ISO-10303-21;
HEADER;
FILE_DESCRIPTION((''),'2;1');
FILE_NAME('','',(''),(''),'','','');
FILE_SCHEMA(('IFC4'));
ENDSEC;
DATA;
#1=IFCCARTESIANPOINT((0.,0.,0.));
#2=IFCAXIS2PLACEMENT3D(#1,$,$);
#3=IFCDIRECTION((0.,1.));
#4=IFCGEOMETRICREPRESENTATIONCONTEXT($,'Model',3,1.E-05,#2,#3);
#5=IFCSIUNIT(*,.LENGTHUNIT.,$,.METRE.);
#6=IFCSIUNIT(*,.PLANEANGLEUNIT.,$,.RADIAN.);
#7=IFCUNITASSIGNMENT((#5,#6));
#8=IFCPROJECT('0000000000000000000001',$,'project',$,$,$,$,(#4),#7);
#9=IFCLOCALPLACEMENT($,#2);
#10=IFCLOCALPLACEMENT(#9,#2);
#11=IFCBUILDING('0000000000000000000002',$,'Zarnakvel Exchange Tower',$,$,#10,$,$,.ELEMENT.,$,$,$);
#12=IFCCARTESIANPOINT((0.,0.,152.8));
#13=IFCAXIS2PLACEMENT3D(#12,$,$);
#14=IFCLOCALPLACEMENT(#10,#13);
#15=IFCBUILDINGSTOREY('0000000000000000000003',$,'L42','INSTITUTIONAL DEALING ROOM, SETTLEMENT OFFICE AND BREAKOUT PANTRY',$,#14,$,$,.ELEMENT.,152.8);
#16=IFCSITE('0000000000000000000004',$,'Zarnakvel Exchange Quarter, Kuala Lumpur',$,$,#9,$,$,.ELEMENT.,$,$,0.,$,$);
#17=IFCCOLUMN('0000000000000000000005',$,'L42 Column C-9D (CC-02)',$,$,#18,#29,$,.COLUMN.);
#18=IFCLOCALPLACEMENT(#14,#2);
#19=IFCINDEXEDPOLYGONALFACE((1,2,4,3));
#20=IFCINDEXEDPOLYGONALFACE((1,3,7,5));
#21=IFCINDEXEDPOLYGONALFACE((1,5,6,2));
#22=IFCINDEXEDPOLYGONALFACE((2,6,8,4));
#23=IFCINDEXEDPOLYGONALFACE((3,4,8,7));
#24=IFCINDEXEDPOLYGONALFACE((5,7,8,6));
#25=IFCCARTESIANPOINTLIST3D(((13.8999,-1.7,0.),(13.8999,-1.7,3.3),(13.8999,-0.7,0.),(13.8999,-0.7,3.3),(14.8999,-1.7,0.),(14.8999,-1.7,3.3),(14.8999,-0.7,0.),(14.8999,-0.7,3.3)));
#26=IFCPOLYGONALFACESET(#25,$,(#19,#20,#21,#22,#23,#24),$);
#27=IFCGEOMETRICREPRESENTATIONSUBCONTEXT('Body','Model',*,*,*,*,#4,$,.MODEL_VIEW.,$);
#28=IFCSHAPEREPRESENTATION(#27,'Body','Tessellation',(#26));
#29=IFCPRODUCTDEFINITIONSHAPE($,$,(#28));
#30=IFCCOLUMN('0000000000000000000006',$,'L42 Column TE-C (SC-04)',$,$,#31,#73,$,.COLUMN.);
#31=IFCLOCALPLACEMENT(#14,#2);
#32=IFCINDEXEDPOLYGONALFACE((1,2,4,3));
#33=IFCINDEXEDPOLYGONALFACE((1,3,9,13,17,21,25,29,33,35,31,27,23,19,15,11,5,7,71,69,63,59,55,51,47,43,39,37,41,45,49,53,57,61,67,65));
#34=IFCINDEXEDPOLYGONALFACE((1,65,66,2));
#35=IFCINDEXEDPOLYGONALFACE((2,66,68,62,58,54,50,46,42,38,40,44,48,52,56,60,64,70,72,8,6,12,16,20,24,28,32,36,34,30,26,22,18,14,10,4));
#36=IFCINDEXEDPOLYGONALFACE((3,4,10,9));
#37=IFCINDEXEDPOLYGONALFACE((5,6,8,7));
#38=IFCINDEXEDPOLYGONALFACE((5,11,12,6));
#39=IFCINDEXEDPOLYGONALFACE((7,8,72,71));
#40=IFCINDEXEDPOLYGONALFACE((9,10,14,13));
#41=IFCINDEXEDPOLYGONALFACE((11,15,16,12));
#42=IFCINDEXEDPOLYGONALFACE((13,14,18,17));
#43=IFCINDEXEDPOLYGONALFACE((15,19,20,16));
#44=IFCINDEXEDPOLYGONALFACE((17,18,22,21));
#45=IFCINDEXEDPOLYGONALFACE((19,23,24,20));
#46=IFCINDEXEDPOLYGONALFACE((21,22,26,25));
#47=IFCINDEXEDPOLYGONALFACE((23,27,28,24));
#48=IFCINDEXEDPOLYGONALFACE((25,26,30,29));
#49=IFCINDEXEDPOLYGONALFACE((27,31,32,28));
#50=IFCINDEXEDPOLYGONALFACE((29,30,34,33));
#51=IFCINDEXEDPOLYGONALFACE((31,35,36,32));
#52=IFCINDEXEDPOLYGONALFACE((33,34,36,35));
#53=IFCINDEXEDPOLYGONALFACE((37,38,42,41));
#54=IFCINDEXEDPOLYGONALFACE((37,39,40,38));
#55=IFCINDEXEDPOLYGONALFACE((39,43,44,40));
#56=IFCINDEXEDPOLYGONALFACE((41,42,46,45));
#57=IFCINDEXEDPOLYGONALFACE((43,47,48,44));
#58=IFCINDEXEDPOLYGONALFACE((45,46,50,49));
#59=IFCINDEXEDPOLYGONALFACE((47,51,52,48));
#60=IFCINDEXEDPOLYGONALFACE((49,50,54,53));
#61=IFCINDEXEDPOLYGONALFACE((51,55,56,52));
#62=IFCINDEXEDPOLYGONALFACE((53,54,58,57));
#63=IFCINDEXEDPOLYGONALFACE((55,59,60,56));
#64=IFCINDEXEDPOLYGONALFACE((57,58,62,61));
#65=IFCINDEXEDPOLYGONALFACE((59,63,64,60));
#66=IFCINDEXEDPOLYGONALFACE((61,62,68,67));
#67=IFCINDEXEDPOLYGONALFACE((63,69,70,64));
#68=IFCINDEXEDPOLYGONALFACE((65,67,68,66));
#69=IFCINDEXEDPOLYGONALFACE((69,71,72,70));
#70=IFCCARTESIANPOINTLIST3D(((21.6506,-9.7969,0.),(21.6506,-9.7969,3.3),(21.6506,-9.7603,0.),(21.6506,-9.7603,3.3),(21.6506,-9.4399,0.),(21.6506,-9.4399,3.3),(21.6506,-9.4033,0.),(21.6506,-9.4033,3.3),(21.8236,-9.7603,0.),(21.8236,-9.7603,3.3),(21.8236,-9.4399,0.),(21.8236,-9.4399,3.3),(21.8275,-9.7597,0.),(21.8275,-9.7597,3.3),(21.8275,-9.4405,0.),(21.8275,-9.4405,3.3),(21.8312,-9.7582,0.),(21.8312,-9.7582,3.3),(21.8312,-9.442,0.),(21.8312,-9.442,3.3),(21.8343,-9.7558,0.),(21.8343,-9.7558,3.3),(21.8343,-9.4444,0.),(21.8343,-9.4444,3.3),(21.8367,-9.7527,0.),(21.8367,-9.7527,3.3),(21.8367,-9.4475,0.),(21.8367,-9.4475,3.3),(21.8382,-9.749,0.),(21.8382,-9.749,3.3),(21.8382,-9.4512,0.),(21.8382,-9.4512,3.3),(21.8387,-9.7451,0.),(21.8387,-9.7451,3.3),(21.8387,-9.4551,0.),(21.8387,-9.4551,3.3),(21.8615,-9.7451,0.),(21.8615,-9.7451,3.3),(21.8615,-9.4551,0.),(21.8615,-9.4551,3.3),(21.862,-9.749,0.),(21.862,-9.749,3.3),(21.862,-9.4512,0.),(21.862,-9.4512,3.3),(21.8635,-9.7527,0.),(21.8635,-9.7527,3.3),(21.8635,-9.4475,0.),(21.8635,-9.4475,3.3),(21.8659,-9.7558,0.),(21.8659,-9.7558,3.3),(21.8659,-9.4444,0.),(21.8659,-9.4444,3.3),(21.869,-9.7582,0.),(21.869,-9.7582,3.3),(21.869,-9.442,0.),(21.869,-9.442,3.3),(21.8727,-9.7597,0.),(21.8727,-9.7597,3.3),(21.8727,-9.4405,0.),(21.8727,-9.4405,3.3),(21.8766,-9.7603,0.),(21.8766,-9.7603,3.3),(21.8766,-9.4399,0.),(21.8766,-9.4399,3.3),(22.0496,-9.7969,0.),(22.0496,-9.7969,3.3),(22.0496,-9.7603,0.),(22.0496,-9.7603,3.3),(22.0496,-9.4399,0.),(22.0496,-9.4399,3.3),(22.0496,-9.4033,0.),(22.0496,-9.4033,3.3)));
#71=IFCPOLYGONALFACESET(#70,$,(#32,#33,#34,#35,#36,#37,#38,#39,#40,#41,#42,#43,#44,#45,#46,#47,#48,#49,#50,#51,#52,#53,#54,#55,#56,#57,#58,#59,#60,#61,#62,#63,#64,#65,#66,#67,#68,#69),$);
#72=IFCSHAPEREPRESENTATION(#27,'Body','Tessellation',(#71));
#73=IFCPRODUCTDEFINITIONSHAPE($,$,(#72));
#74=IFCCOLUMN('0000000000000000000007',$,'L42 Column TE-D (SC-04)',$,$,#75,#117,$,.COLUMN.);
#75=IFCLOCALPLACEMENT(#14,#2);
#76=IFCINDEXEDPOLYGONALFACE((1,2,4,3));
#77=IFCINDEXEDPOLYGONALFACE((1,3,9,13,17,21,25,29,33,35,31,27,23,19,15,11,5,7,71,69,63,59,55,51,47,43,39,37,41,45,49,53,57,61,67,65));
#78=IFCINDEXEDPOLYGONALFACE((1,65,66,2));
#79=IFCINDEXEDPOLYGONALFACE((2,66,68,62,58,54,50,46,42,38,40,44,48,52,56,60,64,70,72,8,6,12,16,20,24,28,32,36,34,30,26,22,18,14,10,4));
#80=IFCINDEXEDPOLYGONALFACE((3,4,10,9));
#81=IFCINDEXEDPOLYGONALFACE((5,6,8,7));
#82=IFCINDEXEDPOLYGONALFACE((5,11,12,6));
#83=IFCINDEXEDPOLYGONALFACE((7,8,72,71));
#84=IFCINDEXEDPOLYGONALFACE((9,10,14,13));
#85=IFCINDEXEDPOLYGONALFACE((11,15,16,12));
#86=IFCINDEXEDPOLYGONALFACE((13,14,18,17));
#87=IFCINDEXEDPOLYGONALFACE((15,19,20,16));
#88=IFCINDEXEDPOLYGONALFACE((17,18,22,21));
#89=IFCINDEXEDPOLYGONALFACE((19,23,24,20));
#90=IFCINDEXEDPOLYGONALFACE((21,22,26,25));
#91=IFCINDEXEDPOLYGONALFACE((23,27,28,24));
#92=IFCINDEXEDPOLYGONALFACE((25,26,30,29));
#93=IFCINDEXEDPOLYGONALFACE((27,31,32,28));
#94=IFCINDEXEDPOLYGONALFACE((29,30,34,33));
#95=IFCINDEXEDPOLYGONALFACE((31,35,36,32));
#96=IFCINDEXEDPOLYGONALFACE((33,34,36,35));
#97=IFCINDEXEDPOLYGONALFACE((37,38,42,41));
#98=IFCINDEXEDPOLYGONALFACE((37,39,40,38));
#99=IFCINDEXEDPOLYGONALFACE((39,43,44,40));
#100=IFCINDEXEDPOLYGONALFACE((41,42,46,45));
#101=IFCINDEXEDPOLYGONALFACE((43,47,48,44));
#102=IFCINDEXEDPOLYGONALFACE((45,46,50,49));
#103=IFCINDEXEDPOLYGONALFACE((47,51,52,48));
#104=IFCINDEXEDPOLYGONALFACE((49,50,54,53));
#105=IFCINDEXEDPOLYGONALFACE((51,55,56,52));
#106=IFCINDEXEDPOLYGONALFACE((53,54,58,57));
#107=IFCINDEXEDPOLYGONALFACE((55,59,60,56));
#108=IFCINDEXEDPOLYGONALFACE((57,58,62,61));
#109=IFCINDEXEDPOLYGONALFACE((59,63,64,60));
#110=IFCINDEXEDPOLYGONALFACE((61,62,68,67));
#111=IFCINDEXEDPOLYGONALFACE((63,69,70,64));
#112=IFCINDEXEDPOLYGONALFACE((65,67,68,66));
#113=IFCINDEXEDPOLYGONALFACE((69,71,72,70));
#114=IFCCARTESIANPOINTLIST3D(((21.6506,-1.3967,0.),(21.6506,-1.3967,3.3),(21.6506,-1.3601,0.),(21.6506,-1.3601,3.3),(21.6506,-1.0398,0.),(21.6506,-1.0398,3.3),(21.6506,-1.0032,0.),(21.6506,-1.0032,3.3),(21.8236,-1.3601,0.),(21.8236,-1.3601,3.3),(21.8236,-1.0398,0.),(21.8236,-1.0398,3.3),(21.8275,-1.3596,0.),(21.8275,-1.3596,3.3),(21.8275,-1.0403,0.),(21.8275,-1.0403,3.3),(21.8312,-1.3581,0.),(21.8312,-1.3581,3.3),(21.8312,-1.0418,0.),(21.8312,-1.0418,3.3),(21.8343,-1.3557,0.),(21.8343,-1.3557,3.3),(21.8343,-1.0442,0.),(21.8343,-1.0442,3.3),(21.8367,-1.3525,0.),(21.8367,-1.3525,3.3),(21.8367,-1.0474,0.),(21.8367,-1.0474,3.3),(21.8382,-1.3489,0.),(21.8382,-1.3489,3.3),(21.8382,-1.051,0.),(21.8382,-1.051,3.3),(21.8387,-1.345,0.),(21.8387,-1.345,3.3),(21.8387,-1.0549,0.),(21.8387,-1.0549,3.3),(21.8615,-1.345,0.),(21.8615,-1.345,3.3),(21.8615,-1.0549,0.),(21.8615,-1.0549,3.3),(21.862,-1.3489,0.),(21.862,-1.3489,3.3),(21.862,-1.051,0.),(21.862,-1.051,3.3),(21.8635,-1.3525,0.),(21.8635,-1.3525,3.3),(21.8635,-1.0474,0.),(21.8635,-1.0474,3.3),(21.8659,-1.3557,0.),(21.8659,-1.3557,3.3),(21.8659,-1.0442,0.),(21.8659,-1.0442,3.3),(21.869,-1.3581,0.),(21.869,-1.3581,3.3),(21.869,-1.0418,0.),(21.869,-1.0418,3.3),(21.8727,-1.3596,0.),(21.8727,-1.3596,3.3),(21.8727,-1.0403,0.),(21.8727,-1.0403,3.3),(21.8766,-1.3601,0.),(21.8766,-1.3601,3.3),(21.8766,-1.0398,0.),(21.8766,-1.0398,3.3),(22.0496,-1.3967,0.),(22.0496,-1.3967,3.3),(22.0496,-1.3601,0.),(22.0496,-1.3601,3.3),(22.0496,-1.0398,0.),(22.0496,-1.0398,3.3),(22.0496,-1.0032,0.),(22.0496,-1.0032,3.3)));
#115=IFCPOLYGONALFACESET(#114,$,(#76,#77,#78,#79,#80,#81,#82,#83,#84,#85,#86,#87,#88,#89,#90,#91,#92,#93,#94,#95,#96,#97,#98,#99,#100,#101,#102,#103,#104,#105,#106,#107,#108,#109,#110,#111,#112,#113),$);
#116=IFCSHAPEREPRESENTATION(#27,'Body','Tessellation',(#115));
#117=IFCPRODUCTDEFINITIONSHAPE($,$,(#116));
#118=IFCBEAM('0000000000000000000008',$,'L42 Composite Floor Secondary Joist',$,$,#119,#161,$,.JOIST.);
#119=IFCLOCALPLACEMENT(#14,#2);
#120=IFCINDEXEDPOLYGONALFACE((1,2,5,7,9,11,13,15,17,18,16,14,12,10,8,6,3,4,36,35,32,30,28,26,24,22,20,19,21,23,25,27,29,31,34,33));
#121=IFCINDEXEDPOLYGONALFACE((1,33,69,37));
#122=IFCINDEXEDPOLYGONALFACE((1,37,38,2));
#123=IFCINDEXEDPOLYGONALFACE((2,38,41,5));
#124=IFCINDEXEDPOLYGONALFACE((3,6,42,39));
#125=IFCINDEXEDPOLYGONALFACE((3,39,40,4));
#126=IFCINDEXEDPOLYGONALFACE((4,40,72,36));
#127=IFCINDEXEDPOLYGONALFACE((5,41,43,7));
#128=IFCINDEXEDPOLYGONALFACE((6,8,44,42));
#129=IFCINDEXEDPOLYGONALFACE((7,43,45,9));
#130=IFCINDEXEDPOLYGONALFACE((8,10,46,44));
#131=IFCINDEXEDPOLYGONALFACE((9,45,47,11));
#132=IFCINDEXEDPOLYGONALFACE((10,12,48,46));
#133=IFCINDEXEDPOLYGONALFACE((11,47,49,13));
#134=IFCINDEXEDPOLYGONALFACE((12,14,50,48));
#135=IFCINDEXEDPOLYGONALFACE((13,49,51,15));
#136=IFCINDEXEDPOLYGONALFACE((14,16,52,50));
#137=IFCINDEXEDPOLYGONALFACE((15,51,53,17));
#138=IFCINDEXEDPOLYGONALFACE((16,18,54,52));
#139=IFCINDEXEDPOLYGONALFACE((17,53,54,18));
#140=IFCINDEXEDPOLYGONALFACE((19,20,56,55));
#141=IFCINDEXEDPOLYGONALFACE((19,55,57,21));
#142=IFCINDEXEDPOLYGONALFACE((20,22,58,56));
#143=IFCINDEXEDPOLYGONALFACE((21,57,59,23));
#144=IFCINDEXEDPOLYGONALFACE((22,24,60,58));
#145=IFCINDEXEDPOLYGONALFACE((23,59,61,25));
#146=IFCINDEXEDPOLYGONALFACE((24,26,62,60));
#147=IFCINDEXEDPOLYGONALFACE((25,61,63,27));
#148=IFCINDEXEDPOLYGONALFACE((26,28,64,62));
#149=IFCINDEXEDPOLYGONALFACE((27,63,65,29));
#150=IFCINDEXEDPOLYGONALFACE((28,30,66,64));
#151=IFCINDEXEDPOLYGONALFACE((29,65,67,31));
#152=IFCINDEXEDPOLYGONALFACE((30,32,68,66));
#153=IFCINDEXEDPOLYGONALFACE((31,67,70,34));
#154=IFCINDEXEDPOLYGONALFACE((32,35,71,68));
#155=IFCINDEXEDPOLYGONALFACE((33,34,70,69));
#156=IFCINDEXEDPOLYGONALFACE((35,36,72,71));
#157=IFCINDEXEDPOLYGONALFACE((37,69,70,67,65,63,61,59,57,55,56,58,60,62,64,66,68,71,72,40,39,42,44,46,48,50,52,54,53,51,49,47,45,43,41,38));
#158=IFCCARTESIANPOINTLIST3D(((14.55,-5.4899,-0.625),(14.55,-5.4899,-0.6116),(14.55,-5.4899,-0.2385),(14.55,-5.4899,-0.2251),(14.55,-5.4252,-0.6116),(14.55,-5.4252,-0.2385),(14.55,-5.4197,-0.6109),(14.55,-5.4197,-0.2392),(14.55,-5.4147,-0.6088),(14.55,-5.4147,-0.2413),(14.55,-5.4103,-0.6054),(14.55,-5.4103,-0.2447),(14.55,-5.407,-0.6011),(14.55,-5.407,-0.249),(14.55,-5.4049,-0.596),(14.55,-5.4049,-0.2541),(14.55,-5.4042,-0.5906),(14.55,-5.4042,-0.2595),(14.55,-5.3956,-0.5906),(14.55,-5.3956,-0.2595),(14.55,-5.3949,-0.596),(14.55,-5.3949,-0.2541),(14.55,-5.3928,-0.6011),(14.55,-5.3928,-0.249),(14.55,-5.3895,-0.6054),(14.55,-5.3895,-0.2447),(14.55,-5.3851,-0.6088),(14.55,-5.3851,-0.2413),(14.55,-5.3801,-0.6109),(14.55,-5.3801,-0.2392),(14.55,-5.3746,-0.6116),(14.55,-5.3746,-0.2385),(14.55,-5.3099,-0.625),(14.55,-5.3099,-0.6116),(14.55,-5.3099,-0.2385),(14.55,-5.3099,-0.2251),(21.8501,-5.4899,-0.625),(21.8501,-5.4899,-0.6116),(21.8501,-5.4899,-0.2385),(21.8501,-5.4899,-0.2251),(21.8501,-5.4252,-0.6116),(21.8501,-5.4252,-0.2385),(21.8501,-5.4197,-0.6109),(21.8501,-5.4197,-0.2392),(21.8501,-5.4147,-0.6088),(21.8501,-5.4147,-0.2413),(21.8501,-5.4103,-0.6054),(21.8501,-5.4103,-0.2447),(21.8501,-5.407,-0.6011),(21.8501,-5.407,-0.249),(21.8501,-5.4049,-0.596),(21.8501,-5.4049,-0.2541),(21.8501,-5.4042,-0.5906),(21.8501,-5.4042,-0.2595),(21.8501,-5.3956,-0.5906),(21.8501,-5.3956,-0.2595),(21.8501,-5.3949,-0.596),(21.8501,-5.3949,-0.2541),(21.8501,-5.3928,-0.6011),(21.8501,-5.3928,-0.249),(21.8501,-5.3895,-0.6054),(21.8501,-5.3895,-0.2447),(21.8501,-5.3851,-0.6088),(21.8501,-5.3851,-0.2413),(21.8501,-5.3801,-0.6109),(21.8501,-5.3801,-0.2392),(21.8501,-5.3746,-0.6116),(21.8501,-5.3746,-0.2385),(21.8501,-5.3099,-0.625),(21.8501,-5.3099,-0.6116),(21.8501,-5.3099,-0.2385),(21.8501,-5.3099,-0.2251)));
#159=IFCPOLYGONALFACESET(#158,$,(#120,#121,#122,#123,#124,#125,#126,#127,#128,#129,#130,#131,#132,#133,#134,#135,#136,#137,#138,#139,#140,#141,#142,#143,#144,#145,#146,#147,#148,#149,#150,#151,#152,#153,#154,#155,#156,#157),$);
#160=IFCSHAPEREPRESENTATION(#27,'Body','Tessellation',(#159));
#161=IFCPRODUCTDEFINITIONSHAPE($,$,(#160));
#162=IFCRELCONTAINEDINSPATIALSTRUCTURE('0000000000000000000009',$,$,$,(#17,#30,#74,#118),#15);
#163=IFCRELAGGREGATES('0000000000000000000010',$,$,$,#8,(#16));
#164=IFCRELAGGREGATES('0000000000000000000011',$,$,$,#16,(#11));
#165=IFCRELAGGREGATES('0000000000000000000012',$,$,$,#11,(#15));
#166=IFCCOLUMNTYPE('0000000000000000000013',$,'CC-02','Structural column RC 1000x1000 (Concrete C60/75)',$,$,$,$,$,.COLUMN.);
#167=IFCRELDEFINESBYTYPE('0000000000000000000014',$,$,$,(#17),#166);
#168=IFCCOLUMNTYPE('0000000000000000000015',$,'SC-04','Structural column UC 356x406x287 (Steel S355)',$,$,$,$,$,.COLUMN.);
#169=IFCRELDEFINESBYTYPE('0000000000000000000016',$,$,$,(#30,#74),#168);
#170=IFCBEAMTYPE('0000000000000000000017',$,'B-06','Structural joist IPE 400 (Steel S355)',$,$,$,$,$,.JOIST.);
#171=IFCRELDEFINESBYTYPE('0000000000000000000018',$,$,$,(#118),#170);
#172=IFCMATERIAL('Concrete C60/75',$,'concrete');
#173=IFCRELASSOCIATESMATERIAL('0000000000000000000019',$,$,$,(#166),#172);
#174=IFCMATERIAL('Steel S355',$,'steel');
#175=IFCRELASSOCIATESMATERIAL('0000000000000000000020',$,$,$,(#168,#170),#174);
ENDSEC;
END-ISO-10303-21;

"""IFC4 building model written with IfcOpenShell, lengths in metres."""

from ifc_helpers import new_model, si_unit, direction, frame, origin, origin_2d, place, context, subcontext, project, spatial, rectangle, i_section, extrude, material, material_profile, profile_set, type_object, element, save


model = new_model("IFC4")

# Units and contexts
model_context = context("Model", 3, precision=1e-05, world=origin(), true_north=direction((0.0, 1.0)))
body_context = subcontext(model_context, "Body", "Model", "MODEL_VIEW")
ifc_project = project(units=[si_unit("LENGTHUNIT", "METRE"), si_unit("PLANEANGLEUNIT", "RADIAN")], contexts=[model_context])

# Site, building, storey
site_placement = place(None, origin())
site = spatial("IfcSite", under=ifc_project, at=site_placement, Name="Zarnakvel Exchange Quarter, Kuala Lumpur", CompositionType="ELEMENT", RefElevation=0.0)
building_placement = place(site_placement, origin())
building = spatial("IfcBuilding", under=site, at=building_placement, Name="Zarnakvel Exchange Tower", CompositionType="ELEMENT")
storey_placement = place(building_placement, frame((0.0, 0.0, 152.8)))
storey = spatial("IfcBuildingStorey", under=building, at=storey_placement, Name="L42", Description="INSTITUTIONAL DEALING ROOM, SETTLEMENT OFFICE AND BREAKOUT PANTRY", CompositionType="ELEMENT", Elevation=152.8)

# Columns
ifc_material_1 = material(Name="Concrete C60/75", Category="concrete")
ifc_material_profile_1 = material_profile(ifc_material_1, rectangle(XDim=1.0, YDim=1.0, at=origin_2d()))
ifc_profile_set_1 = profile_set([ifc_material_profile_1], Name="Concrete C60/75")
column_type_1 = type_object("IfcColumnType", Name="CC-02", Description="Structural column RC 1000x1000 (Concrete C60/75)", PredefinedType="COLUMN", material=ifc_profile_set_1)
column_placement = place(storey_placement, frame((14.3999, -1.2, 0.0), z_axis=(0.0, 0.0, 1.0), x_axis=(1.0, 0.0, 0.0)))
element("IfcColumn", 1, at=column_placement, inside=storey, type_object=column_type_1, Name="L42 Column C-9D (CC-02)", PredefinedType="COLUMN", context=body_context, shape_type="SweptSolid", body=[
    extrude(rectangle(XDim=1.0, YDim=1.0, at=origin_2d()), origin(), (0.0, 0.0, 1.0), 3.3),
])
ifc_material_2 = material(Name="Steel S355", Category="steel")
ifc_material_profile_2 = material_profile(ifc_material_2, i_section(OverallWidth=0.3989, OverallDepth=0.3936, WebThickness=0.0227, FlangeThickness=0.0366, FilletRadius=0.0151, at=origin_2d()))
ifc_profile_set_2 = profile_set([ifc_material_profile_2], Name="Steel S355")
column_type_2 = type_object("IfcColumnType", Name="SC-04", Description="Structural column UC 356x406x287 (Steel S355)", PredefinedType="COLUMN", material=ifc_profile_set_2)
for number, where, z_axis, x_axis, name in (
    (2, (21.8501, -9.6001, 0.0), (0.0, 0.0, 1.0), (1.0, 0.0, 0.0), "L42 Column TE-C (SC-04)"),
    (3, (21.8501, -1.2, 0.0), (0.0, 0.0, 1.0), (1.0, 0.0, 0.0), "L42 Column TE-D (SC-04)"),
):
    element("IfcColumn", number, at=place(storey_placement, frame(where, z_axis=z_axis, x_axis=x_axis)), inside=storey, type_object=column_type_2, Name=name, PredefinedType="COLUMN", context=body_context, shape_type="SweptSolid", body=[
        extrude(i_section(OverallWidth=0.3989, OverallDepth=0.3936, WebThickness=0.0227, FlangeThickness=0.0366, FilletRadius=0.0151, at=origin_2d()), origin(), (0.0, 0.0, 1.0), 3.3),
    ])

# Beam
ifc_material_profile_3 = material_profile(ifc_material_2, i_section(OverallWidth=0.1799, OverallDepth=0.3999, WebThickness=0.0085, FlangeThickness=0.0134, FilletRadius=0.021, at=origin_2d()))
ifc_profile_set_3 = profile_set([ifc_material_profile_3], Name="Steel S355")
beam_type_1 = type_object("IfcBeamType", Name="B-06", Description="Structural joist IPE 400 (Steel S355)", PredefinedType="JOIST", material=ifc_profile_set_3)
beam_1_placement = place(storey_placement, frame((14.55, -5.3999, -0.425), z_axis=(1.0, 0.0, 0.0), x_axis=(0.0, 1.0, 0.0)))
element("IfcBeam", 4, at=beam_1_placement, inside=storey, type_object=beam_type_1, Name="L42 Composite Floor Secondary Joist", PredefinedType="JOIST", context=body_context, shape_type="SweptSolid", body=[
    extrude(i_section(OverallWidth=0.1799, OverallDepth=0.3999, WebThickness=0.0085, FlangeThickness=0.0134, FilletRadius=0.021, at=origin_2d()), origin(), (0.0, 0.0, 1.0), 7.3),
])

save(model, "model.ifc")
